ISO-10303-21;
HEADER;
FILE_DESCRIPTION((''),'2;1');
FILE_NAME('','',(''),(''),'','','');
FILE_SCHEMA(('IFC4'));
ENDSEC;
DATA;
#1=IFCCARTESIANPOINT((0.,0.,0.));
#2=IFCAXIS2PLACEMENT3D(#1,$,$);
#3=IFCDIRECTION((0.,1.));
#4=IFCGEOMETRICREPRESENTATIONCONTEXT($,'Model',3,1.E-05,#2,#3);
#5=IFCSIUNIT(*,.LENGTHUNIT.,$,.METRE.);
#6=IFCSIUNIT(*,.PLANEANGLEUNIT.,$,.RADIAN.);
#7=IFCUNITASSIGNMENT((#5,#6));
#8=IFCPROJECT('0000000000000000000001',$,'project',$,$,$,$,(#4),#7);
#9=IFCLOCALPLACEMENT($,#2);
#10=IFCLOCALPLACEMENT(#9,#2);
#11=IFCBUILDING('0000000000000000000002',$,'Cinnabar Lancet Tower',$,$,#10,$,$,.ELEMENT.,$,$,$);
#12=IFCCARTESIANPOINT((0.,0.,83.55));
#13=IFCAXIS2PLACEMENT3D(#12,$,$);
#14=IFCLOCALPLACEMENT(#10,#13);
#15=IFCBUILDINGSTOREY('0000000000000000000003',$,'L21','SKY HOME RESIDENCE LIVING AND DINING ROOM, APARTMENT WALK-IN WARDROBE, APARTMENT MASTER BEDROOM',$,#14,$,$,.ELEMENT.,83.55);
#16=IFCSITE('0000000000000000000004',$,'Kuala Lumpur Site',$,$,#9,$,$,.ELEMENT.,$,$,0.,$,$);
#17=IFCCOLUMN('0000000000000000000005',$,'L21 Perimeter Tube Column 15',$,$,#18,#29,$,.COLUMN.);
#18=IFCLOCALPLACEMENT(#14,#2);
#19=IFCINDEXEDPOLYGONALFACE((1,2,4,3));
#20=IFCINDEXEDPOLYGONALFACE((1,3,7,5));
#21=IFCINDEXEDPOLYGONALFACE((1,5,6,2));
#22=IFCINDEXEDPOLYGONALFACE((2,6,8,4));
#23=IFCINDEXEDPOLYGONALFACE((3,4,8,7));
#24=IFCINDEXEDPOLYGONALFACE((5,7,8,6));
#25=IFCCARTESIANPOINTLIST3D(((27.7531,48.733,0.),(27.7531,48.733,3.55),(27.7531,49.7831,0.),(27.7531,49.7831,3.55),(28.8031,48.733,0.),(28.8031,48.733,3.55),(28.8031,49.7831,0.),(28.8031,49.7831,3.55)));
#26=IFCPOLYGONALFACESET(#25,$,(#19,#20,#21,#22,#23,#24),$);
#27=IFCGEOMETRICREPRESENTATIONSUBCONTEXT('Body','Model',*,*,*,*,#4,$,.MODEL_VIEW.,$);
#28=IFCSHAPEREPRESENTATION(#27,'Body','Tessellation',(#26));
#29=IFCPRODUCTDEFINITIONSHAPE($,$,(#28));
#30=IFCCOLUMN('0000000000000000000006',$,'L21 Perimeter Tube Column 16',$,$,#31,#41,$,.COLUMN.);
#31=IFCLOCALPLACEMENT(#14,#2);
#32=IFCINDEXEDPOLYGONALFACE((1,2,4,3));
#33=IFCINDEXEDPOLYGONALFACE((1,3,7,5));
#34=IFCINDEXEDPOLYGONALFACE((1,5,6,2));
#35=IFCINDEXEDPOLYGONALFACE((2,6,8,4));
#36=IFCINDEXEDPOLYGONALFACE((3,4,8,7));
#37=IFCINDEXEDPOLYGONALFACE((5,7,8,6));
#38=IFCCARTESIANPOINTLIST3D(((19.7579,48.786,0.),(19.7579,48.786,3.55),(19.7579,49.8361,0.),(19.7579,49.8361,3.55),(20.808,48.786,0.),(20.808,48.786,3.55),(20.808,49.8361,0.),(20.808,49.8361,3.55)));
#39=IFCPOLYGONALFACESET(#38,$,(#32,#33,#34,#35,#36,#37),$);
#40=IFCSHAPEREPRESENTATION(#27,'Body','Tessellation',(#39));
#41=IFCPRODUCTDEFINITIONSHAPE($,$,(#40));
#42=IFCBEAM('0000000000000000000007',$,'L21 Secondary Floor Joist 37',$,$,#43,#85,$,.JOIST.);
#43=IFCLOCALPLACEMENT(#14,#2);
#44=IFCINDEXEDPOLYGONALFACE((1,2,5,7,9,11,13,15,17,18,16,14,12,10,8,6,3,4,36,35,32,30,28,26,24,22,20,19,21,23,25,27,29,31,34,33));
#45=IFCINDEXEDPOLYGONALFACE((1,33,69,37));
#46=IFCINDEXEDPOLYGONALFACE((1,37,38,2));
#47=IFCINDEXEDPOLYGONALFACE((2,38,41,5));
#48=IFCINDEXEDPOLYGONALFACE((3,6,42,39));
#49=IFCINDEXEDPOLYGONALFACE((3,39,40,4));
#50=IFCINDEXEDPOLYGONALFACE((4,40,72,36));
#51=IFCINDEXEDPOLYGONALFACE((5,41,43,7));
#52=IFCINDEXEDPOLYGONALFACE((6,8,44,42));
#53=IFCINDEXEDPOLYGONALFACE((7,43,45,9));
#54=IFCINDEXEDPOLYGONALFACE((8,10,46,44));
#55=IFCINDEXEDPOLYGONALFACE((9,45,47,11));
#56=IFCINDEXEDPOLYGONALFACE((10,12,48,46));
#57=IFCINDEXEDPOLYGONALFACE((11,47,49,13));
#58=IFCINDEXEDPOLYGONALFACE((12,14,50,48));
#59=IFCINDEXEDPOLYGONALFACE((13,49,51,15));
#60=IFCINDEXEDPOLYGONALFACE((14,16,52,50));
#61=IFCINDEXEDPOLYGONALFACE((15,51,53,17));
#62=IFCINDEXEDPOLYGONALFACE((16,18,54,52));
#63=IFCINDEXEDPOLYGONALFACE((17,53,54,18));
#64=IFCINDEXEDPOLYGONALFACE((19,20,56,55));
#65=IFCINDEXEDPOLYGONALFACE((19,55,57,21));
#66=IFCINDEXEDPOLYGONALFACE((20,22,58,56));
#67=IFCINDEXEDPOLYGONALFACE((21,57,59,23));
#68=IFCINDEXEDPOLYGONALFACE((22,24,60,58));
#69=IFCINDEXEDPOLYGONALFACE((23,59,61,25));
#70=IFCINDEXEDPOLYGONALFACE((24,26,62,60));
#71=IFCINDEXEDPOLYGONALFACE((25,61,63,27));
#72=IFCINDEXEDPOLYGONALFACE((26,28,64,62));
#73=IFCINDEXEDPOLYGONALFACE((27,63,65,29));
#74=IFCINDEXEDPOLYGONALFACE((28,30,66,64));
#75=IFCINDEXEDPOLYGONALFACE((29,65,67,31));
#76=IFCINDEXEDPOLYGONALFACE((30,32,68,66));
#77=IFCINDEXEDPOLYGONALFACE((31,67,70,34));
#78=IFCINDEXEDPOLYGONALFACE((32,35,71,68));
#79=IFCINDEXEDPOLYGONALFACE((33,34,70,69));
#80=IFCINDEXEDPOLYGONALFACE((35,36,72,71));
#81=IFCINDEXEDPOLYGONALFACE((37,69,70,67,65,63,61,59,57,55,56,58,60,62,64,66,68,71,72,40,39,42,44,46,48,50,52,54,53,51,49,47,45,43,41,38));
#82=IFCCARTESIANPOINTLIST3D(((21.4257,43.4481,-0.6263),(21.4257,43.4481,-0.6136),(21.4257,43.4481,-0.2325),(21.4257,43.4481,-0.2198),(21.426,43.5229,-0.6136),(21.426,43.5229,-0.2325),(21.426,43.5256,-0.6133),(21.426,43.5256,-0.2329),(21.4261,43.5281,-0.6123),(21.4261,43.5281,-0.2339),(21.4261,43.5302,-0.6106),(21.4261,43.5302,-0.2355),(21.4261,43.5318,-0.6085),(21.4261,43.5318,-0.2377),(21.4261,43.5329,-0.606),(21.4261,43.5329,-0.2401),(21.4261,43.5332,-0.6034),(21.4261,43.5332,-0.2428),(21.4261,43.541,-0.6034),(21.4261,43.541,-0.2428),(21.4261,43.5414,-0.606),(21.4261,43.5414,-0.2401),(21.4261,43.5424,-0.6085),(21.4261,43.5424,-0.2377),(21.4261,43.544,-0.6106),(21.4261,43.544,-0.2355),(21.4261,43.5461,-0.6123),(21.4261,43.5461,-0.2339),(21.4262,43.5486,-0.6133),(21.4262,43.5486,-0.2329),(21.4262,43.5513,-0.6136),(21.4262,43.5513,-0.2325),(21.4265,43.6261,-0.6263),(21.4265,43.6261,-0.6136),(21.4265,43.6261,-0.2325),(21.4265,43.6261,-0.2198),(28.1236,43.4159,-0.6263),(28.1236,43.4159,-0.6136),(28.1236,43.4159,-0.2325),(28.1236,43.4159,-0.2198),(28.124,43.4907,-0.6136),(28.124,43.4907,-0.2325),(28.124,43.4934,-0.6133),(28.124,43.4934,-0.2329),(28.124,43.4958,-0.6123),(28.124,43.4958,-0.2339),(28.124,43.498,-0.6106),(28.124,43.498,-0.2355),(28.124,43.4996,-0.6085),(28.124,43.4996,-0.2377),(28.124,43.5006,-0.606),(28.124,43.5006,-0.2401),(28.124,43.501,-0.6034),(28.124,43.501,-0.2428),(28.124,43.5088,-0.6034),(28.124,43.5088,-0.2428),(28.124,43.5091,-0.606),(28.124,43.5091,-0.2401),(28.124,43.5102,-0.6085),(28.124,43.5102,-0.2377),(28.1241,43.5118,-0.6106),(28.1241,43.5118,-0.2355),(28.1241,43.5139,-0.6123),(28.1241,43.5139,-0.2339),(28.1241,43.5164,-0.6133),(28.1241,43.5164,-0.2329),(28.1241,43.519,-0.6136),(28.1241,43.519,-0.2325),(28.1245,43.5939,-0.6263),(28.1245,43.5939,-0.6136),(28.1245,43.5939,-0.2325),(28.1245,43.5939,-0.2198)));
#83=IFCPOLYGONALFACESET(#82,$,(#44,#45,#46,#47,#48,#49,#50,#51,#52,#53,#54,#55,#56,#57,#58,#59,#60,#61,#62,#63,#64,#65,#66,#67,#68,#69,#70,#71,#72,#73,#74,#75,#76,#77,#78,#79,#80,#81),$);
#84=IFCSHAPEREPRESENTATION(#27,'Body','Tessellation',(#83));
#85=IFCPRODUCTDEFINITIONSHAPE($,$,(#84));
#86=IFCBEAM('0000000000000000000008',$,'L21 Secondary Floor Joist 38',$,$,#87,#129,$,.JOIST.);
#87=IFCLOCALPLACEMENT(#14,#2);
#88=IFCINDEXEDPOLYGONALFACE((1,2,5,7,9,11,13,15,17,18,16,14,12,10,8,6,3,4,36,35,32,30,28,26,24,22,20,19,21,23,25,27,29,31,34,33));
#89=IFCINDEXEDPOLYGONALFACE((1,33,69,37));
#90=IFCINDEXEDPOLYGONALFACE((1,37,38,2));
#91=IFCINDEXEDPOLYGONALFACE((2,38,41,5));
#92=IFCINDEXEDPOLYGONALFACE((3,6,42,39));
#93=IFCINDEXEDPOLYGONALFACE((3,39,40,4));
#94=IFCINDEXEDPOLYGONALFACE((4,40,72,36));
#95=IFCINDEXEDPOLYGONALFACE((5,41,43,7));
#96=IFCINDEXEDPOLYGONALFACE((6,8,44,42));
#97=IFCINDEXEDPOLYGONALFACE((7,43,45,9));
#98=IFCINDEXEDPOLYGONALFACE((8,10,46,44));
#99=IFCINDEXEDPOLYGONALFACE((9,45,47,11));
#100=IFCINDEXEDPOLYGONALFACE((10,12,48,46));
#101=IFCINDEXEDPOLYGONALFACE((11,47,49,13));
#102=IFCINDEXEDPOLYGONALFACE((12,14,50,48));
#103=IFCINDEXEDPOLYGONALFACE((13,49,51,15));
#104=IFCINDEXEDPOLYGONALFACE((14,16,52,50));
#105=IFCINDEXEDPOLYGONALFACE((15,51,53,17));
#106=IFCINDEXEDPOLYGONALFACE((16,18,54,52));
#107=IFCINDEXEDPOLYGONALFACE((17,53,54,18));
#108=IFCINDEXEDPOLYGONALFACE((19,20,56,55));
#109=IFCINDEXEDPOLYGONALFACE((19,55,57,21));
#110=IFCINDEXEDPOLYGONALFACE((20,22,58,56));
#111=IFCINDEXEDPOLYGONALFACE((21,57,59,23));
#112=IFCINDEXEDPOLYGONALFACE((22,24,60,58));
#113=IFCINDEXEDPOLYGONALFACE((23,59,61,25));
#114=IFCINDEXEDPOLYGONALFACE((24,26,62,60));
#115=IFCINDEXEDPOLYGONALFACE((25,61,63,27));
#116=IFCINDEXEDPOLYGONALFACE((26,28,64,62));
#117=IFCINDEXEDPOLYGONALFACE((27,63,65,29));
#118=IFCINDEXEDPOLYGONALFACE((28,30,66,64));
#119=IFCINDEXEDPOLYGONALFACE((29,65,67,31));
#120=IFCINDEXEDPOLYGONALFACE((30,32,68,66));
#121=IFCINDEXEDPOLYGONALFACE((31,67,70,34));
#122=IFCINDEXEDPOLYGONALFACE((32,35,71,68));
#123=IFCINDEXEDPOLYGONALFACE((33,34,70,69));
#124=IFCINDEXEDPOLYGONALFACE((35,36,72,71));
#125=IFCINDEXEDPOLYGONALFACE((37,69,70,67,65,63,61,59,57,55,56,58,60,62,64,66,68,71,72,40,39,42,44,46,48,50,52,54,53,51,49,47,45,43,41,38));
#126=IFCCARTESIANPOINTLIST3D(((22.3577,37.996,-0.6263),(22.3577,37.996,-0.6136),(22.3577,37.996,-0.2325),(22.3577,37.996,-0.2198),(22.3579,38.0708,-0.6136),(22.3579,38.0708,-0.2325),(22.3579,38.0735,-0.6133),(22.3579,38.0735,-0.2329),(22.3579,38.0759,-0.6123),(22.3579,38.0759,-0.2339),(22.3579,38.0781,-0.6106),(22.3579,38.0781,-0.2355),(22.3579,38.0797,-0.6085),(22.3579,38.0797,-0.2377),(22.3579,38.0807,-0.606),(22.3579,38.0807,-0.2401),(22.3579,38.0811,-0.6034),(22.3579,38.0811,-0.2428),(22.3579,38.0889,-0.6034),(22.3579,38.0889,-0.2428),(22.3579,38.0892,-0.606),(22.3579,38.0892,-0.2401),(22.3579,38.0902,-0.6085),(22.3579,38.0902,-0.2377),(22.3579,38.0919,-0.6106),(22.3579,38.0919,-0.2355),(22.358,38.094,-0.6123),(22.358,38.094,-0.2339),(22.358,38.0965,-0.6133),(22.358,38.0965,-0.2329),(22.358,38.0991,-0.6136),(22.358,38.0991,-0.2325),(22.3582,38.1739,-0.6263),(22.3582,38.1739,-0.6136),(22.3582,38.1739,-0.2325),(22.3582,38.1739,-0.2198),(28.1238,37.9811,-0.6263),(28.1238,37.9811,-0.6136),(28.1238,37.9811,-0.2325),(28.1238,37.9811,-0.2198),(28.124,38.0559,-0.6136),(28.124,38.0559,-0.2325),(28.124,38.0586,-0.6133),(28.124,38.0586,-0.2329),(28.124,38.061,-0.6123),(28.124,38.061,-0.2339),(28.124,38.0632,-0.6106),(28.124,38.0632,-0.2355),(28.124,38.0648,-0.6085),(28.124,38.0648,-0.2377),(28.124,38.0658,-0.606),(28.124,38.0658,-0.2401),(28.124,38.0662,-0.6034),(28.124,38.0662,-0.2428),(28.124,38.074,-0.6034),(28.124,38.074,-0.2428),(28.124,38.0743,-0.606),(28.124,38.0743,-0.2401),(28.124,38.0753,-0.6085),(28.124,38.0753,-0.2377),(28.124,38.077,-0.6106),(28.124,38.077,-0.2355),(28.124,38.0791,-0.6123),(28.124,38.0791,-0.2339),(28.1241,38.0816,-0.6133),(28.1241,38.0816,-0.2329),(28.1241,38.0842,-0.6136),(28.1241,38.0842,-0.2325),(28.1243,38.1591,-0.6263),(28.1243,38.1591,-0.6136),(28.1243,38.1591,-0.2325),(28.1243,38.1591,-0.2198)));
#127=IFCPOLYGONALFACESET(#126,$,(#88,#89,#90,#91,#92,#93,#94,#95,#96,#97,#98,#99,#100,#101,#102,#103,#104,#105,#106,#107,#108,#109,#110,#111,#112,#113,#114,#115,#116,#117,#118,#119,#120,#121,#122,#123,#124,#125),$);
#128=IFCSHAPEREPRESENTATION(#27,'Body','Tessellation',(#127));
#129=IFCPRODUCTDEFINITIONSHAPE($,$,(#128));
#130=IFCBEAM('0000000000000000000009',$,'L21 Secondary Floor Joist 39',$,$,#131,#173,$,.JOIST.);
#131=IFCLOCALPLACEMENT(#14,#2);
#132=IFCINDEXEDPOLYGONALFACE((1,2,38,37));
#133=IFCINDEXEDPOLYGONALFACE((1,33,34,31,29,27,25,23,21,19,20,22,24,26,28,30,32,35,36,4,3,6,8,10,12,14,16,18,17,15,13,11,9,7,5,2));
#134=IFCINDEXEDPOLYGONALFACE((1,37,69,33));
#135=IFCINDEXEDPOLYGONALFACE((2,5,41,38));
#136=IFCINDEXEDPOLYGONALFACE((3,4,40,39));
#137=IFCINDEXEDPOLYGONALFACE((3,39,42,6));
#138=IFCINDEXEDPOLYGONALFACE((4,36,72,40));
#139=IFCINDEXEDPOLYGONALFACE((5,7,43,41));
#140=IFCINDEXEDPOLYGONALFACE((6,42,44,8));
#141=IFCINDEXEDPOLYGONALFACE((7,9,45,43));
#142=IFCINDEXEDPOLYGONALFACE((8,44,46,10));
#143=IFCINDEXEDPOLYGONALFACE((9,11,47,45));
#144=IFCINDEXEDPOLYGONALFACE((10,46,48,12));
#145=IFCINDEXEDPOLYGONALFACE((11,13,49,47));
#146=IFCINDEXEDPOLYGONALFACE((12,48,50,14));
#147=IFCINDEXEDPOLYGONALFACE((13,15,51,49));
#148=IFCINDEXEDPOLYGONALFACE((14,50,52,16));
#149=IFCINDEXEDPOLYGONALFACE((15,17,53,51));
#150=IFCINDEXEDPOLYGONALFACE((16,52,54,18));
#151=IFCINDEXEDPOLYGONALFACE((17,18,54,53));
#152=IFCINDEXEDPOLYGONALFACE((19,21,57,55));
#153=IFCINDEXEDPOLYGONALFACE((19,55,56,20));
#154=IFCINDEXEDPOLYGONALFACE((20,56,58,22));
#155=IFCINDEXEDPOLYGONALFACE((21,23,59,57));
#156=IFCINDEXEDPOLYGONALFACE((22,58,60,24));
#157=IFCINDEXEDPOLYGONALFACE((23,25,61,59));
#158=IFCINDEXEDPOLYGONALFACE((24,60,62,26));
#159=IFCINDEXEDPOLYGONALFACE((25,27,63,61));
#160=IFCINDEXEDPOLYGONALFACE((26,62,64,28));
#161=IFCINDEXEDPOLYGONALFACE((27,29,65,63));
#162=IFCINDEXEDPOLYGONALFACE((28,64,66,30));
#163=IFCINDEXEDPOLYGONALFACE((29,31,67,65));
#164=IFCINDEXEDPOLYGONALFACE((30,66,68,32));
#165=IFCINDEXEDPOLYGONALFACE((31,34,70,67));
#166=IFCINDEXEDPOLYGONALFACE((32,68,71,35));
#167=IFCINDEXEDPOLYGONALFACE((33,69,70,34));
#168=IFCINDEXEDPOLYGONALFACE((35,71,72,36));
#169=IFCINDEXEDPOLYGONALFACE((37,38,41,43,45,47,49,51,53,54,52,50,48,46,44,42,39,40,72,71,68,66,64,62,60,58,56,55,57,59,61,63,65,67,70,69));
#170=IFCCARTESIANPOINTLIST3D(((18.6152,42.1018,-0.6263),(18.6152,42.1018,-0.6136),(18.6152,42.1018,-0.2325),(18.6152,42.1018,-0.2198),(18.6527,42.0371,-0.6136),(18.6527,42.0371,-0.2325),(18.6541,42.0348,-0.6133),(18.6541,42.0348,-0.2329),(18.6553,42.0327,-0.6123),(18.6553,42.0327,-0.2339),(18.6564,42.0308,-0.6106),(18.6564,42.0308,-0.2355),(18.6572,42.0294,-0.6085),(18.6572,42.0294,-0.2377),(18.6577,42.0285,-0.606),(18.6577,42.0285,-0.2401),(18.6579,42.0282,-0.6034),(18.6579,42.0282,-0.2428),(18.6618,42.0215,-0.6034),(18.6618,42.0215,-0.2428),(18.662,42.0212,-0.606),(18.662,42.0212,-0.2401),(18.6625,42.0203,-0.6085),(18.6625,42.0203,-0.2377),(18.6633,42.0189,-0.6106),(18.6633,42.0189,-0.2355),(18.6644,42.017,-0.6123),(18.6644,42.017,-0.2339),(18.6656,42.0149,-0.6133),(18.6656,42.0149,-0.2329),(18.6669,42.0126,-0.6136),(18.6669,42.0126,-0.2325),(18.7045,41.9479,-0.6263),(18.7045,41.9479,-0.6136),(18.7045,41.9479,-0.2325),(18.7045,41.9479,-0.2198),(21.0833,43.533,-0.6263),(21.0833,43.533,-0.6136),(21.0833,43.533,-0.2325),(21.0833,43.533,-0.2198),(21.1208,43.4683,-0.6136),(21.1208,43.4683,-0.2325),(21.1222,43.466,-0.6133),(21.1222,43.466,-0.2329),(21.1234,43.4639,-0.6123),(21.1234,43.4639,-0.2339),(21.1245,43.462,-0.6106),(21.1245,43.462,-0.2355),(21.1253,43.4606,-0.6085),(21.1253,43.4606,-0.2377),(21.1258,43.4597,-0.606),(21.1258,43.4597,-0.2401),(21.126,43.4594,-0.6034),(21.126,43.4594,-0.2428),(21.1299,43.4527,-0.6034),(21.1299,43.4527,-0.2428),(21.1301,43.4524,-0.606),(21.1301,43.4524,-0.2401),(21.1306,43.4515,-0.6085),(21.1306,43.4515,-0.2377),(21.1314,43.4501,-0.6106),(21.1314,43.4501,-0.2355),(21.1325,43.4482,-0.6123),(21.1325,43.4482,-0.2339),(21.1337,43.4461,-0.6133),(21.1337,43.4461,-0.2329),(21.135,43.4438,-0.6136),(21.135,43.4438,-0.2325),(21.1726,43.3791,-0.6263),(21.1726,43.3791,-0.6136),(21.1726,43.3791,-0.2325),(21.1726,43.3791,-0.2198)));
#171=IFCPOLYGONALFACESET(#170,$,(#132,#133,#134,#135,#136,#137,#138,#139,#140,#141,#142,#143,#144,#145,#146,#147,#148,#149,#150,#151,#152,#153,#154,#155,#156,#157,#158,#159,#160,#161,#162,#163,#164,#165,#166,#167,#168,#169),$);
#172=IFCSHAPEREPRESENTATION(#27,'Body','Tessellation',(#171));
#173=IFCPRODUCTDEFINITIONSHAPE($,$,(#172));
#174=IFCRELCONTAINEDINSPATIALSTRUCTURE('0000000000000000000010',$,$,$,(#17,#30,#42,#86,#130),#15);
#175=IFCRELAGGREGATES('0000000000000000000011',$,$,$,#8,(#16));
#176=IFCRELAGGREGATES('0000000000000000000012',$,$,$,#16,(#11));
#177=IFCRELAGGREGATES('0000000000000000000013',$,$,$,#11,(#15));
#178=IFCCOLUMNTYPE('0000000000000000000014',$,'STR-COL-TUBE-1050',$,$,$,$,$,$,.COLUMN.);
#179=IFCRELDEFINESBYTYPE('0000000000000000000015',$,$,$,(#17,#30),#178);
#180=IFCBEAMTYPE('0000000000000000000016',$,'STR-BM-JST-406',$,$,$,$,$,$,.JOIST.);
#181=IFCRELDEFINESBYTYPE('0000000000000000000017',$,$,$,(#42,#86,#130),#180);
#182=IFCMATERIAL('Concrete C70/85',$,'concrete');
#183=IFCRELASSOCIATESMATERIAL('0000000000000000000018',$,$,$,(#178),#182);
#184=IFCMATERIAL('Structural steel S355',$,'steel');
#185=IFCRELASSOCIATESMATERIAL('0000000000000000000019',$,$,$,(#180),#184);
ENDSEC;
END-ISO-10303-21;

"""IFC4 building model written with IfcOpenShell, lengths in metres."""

from ifc_helpers import new_model, si_unit, direction, frame, origin, origin_2d, place, context, subcontext, project, spatial, rectangle, i_section, extrude, material, material_profile, profile_set, type_object, element, save


model = new_model("IFC4")

# Units and contexts
model_context = context("Model", 3, precision=1e-05, world=origin(), true_north=direction((0.0, 1.0)))
body_context = subcontext(model_context, "Body", "Model", "MODEL_VIEW")
ifc_project = project(units=[si_unit("LENGTHUNIT", "METRE"), si_unit("PLANEANGLEUNIT", "RADIAN")], contexts=[model_context])

# Site, building, storey
site_placement = place(None, origin())
site = spatial("IfcSite", under=ifc_project, at=site_placement, Name="Kuala Lumpur Site", CompositionType="ELEMENT", RefElevation=0.0)
building_placement = place(site_placement, origin())
building = spatial("IfcBuilding", under=site, at=building_placement, Name="Cinnabar Lancet Tower", CompositionType="ELEMENT")
storey_placement = place(building_placement, frame((0.0, 0.0, 83.55)))
storey = spatial("IfcBuildingStorey", under=building, at=storey_placement, Name="L21", Description="SKY HOME RESIDENCE LIVING AND DINING ROOM, APARTMENT WALK-IN WARDROBE, APARTMENT MASTER BEDROOM", CompositionType="ELEMENT", Elevation=83.55)

# Columns
ifc_material_1 = material(Name="Concrete C70/85", Category="concrete")
ifc_material_profile_1 = material_profile(ifc_material_1, rectangle(XDim=1.05, YDim=1.05, at=origin_2d()), Name="RC-COL 1050x1050")
ifc_profile_set_1 = profile_set([ifc_material_profile_1], Name="Concrete C70/85")
column_type = type_object("IfcColumnType", Name="STR-COL-TUBE-1050", PredefinedType="COLUMN", material=ifc_profile_set_1)
for number, where, z_axis, x_axis, name in (
    (1, (28.2781, 49.2581, 0.0), (0.0, 0.0, 1.0), (1.0, 0.0, 0.0), "L21 Perimeter Tube Column 15"),
    (2, (20.283, 49.311, 0.0), (0.0, 0.0, 1.0), (1.0, 0.0, 0.0), "L21 Perimeter Tube Column 16"),
):
    element("IfcColumn", number, at=place(storey_placement, frame(where, z_axis=z_axis, x_axis=x_axis)), inside=storey, type_object=column_type, Name=name, PredefinedType="COLUMN", context=body_context, shape_type="SweptSolid", body=[
        extrude(rectangle(XDim=1.05, YDim=1.05, at=origin_2d()), origin(), (0.0, 0.0, 1.0), 3.55),
    ])

# Beams
ifc_material_2 = material(Name="Structural steel S355", Category="steel")
ifc_material_profile_2 = material_profile(ifc_material_2, i_section(OverallWidth=0.178, OverallDepth=0.4065, WebThickness=0.0078, FlangeThickness=0.0127, FilletRadius=0.0103, at=origin_2d()), Name="UKB 406x178x60")
ifc_profile_set_2 = profile_set([ifc_material_profile_2], Name="Structural steel S355")
beam_type_1 = type_object("IfcBeamType", Name="STR-BM-JST-406", PredefinedType="JOIST", material=ifc_profile_set_2)
beam_1_placement = place(storey_placement, frame((28.124, 43.5049, -0.4231), z_axis=(-0.999988, 0.004811, 0.0), x_axis=(-0.004811, -0.999988, 0.0)))
element("IfcBeam", 3, at=beam_1_placement, inside=storey, type_object=beam_type_1, Name="L21 Secondary Floor Joist 37", PredefinedType="JOIST", context=body_context, shape_type="SweptSolid", body=[
    extrude(i_section(OverallWidth=0.178, OverallDepth=0.4065, WebThickness=0.0078, FlangeThickness=0.0127, FilletRadius=0.0103, at=origin_2d()), origin(), (0.0, 0.0, 1.0), 6.698),
])
beam_2_placement = place(storey_placement, frame((28.124, 38.0701, -0.4231), z_axis=(-0.999997, 0.002583, 0.0), x_axis=(-0.002583, -0.999997, 0.0)))
element("IfcBeam", 4, at=beam_2_placement, inside=storey, type_object=beam_type_1, Name="L21 Secondary Floor Joist 38", PredefinedType="JOIST", context=body_context, shape_type="SweptSolid", body=[
    extrude(i_section(OverallWidth=0.178, OverallDepth=0.4065, WebThickness=0.0078, FlangeThickness=0.0127, FilletRadius=0.0103, at=origin_2d()), origin(), (0.0, 0.0, 1.0), 5.7661),
])
beam_3_placement = place(storey_placement, frame((21.1279, 43.4561, -0.4231), z_axis=(-0.865076, -0.50164, 0.0), x_axis=(0.50164, -0.865076, 0.0)))
element("IfcBeam", 5, at=beam_3_placement, inside=storey, type_object=beam_type_1, Name="L21 Secondary Floor Joist 39", PredefinedType="JOIST", context=body_context, shape_type="SweptSolid", body=[
    extrude(i_section(OverallWidth=0.178, OverallDepth=0.4065, WebThickness=0.0078, FlangeThickness=0.0127, FilletRadius=0.0103, at=origin_2d()), origin(), (0.0, 0.0, 1.0), 2.853),
])

save(model, "model.ifc")
